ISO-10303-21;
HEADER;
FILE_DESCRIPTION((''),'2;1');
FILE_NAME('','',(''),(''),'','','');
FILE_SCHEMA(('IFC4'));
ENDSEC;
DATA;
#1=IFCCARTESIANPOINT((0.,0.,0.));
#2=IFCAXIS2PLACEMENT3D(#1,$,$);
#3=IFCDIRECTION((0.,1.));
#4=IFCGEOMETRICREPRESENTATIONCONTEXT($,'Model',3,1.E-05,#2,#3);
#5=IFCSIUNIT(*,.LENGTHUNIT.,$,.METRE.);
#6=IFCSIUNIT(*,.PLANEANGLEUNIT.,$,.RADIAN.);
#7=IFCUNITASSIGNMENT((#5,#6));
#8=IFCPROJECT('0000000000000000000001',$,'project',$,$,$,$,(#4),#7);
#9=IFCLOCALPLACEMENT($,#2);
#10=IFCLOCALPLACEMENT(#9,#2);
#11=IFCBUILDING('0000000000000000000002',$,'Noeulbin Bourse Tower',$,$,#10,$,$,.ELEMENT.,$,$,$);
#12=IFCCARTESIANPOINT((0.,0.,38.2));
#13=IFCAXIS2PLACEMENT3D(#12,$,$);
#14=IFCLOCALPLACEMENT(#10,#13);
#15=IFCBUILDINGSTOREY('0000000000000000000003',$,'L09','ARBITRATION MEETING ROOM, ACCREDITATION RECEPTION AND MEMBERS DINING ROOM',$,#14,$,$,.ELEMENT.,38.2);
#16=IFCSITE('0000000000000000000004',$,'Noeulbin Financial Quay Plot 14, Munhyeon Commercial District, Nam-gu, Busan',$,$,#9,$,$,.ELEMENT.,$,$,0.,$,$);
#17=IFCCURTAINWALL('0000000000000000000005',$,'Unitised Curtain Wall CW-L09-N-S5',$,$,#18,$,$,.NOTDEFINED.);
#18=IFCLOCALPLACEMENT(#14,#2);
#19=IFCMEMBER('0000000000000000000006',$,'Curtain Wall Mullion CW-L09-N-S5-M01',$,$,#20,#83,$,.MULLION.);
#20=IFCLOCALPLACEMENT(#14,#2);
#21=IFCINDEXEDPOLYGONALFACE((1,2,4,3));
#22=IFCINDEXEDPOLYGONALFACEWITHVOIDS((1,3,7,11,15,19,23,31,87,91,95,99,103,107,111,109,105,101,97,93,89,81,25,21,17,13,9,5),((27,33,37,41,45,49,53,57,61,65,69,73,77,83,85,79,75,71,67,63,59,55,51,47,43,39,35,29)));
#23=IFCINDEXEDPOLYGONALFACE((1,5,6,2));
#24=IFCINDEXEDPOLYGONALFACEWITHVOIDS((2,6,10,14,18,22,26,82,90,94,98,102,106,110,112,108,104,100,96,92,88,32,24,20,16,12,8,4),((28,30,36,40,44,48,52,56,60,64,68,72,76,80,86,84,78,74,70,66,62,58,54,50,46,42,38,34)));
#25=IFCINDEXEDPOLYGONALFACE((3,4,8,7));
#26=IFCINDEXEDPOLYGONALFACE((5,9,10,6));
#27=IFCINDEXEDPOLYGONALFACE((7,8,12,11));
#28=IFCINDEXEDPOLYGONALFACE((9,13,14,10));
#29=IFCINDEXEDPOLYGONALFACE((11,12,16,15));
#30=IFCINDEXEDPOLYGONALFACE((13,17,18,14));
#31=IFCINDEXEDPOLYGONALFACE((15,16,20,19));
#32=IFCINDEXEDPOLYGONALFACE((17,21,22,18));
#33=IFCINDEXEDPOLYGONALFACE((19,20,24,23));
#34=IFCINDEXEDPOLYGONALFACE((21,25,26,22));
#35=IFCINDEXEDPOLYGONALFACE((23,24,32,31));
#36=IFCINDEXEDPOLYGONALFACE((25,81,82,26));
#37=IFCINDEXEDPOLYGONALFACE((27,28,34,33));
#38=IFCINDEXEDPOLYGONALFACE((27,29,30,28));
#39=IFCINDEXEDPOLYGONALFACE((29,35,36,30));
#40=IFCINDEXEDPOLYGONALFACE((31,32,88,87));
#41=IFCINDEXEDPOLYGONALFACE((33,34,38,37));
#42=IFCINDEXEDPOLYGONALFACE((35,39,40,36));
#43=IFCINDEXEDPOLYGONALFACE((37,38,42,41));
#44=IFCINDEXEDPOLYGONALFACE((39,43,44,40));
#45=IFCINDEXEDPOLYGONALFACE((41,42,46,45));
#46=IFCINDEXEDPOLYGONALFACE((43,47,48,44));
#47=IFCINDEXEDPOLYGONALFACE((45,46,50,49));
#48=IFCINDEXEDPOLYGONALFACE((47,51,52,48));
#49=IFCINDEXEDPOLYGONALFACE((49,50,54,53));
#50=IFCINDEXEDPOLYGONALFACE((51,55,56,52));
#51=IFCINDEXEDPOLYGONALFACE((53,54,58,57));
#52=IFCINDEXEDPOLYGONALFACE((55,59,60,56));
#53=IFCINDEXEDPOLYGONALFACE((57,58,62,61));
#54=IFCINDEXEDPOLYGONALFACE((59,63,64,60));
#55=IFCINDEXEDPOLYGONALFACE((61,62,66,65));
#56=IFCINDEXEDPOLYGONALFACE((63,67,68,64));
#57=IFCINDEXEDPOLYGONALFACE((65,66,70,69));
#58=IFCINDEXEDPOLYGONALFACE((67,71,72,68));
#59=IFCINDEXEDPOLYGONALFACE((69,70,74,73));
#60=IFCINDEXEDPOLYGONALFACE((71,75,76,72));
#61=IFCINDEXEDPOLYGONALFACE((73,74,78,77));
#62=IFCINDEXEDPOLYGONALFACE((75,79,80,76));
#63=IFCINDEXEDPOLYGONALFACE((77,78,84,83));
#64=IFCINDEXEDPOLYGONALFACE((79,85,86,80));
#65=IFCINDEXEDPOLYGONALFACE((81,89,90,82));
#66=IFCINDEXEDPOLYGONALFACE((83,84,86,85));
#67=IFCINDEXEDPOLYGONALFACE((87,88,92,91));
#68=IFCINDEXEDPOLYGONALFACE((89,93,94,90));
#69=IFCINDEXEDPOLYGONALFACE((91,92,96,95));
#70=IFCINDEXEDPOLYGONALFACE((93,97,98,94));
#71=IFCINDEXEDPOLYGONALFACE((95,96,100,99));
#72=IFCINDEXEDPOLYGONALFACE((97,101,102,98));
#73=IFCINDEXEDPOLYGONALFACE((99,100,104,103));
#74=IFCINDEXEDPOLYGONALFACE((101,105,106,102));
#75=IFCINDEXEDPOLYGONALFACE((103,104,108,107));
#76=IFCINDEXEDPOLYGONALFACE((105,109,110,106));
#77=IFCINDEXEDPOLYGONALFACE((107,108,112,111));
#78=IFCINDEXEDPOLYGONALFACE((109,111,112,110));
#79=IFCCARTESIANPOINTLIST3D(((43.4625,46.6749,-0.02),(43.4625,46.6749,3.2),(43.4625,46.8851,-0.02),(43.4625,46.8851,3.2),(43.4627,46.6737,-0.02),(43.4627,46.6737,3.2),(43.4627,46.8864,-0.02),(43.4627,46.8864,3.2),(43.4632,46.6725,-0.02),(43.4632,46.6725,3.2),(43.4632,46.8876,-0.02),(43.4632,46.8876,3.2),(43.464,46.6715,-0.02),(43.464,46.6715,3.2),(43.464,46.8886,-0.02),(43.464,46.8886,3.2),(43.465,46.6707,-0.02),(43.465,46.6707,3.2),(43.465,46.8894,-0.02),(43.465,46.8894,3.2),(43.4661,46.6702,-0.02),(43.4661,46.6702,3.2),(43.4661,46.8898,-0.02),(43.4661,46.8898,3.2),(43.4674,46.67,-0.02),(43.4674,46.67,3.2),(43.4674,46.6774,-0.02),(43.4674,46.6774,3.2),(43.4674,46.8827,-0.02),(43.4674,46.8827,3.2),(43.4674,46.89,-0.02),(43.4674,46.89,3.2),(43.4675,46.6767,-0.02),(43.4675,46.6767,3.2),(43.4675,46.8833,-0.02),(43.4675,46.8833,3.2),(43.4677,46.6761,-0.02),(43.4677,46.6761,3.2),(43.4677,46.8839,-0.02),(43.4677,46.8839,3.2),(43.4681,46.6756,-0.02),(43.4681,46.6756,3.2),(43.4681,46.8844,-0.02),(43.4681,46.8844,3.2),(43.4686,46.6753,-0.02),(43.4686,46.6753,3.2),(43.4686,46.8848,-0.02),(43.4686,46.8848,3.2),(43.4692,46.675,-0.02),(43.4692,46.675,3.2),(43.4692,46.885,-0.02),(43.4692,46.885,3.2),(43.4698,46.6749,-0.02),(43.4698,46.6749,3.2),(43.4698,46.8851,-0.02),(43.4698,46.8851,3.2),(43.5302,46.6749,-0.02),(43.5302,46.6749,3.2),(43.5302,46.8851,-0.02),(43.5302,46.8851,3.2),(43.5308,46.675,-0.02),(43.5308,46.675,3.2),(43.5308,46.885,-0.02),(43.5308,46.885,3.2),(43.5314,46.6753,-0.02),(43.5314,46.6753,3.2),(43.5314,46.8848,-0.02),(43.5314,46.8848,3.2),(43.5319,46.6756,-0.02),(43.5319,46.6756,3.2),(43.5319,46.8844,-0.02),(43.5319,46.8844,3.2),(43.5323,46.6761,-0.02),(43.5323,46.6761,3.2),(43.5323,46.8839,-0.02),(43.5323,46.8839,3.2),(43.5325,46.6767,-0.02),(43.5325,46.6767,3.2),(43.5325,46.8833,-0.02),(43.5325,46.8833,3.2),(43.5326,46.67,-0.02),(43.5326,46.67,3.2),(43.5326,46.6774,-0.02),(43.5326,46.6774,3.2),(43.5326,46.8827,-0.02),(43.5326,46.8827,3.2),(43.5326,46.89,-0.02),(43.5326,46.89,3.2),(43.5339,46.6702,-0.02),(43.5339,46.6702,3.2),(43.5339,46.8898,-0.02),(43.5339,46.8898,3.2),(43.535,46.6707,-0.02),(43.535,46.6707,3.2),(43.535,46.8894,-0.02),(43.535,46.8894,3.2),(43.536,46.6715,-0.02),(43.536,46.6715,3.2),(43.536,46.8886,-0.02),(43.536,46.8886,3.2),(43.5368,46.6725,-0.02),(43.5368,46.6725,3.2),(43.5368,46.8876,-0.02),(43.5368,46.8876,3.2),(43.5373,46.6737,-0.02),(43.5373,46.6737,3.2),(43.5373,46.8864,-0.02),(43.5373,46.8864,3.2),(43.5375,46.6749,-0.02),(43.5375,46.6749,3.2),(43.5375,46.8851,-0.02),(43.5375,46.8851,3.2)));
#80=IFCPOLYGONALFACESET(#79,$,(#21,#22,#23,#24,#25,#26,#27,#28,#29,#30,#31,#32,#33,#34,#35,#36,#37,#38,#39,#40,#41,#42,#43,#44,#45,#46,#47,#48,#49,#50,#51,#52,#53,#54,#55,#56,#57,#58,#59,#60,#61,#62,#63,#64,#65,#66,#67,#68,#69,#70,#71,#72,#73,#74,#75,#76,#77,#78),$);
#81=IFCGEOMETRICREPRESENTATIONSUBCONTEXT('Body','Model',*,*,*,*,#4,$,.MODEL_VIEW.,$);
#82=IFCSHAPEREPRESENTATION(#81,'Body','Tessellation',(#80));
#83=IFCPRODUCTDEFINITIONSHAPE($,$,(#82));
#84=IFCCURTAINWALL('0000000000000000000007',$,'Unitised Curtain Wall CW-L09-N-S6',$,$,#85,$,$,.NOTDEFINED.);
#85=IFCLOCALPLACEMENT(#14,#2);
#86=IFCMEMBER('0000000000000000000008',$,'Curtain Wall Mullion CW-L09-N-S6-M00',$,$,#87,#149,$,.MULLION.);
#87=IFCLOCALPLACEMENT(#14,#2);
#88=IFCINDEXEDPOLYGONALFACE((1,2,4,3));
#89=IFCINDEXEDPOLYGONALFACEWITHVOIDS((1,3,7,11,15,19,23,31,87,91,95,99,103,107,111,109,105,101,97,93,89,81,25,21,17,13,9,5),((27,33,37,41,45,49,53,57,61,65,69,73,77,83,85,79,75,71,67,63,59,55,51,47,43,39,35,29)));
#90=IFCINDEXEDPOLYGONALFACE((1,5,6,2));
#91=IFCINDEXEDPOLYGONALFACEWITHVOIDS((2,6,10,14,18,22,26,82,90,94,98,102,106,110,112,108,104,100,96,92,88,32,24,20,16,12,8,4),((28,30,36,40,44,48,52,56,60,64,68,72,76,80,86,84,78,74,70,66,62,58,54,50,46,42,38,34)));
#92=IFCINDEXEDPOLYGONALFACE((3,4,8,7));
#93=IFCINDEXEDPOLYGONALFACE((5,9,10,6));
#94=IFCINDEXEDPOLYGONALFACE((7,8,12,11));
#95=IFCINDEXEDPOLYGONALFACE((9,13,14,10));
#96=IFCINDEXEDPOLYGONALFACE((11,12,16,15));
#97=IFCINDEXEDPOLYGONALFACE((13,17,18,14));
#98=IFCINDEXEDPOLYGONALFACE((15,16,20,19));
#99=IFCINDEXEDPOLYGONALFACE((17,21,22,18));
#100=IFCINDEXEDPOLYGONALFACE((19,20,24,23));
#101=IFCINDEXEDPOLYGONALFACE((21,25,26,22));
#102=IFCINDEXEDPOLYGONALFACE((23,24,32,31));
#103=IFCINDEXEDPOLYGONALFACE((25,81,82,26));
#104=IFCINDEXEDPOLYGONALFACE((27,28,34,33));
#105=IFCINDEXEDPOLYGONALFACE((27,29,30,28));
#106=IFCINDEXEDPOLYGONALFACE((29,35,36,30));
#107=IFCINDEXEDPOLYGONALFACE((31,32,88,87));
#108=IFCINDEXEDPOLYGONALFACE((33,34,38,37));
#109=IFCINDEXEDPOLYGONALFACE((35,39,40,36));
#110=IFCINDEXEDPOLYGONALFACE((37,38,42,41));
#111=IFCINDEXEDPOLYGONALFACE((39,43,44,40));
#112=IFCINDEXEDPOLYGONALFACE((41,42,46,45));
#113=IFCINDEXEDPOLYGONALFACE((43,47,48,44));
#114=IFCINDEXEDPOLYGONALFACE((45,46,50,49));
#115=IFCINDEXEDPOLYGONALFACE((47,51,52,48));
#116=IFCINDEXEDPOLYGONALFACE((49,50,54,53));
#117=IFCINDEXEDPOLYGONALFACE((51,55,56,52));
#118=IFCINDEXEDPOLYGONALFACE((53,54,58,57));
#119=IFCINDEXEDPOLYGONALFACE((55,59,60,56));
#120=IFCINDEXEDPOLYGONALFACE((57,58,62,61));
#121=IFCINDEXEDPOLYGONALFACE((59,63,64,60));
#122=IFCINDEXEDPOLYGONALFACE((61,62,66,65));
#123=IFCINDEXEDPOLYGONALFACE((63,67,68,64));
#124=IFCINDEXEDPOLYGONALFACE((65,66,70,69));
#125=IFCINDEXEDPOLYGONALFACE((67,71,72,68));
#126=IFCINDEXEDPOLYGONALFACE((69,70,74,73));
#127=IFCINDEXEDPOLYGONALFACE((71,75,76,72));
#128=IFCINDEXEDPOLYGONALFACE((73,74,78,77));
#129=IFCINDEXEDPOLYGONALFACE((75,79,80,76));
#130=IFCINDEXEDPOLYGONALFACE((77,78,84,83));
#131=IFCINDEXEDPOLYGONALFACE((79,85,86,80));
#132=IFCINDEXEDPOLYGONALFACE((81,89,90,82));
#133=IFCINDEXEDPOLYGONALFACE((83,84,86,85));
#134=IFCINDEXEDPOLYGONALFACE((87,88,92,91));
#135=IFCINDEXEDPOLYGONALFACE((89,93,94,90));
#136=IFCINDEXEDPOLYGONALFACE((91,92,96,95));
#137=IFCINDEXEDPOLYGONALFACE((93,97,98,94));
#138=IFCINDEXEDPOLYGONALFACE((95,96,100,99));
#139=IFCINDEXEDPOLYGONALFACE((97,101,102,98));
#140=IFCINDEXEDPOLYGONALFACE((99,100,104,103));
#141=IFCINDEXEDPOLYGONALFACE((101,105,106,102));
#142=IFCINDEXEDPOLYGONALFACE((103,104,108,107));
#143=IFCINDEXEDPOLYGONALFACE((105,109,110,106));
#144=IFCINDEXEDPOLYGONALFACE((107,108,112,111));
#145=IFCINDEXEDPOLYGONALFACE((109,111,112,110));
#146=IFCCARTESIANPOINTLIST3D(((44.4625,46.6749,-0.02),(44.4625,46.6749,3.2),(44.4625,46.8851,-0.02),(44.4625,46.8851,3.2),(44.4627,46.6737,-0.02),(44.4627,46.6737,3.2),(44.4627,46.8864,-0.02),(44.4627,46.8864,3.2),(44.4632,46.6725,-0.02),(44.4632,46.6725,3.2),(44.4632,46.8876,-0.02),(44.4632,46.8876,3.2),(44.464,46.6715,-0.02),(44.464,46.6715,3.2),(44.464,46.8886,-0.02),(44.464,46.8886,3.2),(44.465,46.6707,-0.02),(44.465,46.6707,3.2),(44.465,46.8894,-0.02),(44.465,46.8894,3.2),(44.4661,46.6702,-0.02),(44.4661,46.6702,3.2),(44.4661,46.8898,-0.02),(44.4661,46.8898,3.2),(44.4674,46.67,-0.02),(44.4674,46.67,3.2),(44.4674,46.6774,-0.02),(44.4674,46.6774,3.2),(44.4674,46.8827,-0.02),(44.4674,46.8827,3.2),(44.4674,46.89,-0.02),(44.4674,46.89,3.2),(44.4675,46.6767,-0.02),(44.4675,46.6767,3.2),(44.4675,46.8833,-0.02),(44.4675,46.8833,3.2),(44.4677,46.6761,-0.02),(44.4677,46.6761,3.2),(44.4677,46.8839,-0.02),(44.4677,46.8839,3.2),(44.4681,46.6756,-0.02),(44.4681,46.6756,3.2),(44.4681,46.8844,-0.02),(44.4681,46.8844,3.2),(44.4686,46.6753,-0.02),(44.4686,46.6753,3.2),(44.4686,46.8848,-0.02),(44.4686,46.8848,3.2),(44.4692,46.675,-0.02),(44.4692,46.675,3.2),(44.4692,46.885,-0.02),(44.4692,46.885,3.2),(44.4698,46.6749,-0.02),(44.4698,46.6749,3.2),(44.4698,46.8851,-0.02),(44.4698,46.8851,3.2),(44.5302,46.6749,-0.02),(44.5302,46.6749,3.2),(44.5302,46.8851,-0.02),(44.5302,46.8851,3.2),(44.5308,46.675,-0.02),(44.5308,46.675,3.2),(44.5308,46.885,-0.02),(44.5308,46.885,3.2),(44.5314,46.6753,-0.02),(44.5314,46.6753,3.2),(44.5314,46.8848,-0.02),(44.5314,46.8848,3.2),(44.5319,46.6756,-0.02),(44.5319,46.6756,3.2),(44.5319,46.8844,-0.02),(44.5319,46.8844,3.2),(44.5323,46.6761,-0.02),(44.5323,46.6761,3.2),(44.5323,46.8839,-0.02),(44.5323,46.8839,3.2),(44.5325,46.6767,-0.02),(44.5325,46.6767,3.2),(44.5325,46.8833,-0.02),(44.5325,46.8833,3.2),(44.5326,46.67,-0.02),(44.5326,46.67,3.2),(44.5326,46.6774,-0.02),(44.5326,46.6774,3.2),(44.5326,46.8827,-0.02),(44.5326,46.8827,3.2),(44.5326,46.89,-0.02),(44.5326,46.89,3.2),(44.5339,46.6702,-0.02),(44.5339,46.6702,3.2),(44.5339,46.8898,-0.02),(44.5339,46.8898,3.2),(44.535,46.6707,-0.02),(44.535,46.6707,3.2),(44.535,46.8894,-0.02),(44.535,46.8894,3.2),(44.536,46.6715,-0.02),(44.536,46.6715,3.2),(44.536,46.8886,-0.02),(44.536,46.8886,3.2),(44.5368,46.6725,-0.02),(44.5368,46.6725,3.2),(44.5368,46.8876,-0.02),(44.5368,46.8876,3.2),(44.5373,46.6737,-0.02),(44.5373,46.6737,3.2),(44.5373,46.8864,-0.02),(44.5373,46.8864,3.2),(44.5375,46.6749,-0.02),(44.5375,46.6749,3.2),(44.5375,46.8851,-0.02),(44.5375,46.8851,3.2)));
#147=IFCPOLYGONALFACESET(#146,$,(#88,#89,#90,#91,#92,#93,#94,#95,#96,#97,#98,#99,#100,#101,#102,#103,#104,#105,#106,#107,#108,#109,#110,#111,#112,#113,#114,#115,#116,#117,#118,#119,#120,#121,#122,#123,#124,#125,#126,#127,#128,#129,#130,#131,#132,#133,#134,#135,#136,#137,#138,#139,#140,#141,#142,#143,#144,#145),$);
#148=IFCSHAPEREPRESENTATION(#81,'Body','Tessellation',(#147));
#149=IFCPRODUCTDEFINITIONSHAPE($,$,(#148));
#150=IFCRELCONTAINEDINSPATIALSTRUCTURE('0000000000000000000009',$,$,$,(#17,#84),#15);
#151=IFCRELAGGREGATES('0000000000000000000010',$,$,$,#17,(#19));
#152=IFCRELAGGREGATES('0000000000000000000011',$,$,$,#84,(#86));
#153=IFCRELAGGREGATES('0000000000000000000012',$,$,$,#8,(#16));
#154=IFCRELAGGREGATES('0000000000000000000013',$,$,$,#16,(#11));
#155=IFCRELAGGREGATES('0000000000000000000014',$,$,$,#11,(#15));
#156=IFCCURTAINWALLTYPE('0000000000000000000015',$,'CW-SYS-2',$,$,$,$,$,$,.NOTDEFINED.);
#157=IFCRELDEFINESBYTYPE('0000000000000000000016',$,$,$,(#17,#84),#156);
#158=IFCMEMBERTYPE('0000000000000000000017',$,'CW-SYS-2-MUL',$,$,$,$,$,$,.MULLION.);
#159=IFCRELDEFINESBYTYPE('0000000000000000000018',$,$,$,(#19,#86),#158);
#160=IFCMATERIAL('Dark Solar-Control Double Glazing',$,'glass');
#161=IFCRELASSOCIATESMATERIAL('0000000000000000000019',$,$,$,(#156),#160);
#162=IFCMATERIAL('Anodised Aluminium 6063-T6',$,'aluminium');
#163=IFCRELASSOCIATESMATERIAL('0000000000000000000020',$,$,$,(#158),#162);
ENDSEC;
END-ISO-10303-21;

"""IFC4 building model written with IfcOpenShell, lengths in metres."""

from ifc_helpers import new_model, si_unit, direction, frame, origin, origin_2d, place, context, subcontext, project, spatial, hollow_rectangle, extrude, material, material_profile, profile_set, type_object, element, aggregate, save


model = new_model("IFC4")

# Units and contexts
model_context = context("Model", 3, precision=1e-05, world=origin(), true_north=direction((0.0, 1.0)))
body_context = subcontext(model_context, "Body", "Model", "MODEL_VIEW")
ifc_project = project(units=[si_unit("LENGTHUNIT", "METRE"), si_unit("PLANEANGLEUNIT", "RADIAN")], contexts=[model_context])

# Site, building, storey
site_placement = place(None, origin())
site = spatial("IfcSite", under=ifc_project, at=site_placement, Name="Noeulbin Financial Quay Plot 14, Munhyeon Commercial District, Nam-gu, Busan", CompositionType="ELEMENT", RefElevation=0.0)
building_placement = place(site_placement, origin())
building = spatial("IfcBuilding", under=site, at=building_placement, Name="Noeulbin Bourse Tower", CompositionType="ELEMENT")
storey_placement = place(building_placement, frame((0.0, 0.0, 38.2)))
storey = spatial("IfcBuildingStorey", under=building, at=storey_placement, Name="L09", Description="ARBITRATION MEETING ROOM, ACCREDITATION RECEPTION AND MEMBERS DINING ROOM", CompositionType="ELEMENT", Elevation=38.2)

# Curtain wall, member
ifc_material_1 = material(Name="Dark Solar-Control Double Glazing", Category="glass")
curtain_wall_type = type_object("IfcCurtainWallType", Name="CW-SYS-2", PredefinedType="NOTDEFINED", material=ifc_material_1)
curtain_wall_1_placement = place(storey_placement, origin())
curtain_wall_1 = element("IfcCurtainWall", 1, at=curtain_wall_1_placement, inside=storey, type_object=curtain_wall_type, Name="Unitised Curtain Wall CW-L09-N-S5", PredefinedType="NOTDEFINED")
ifc_material_2 = material(Name="Anodised Aluminium 6063-T6", Category="aluminium")
ifc_material_profile_1 = material_profile(ifc_material_2, hollow_rectangle(XDim=0.075, YDim=0.22, WallThickness=0.0049, InnerFilletRadius=0.0024, OuterFilletRadius=0.0049, at=origin_2d()), Name="ALU-MULL-75x220x5", Category="LoadBearing")
ifc_profile_set_1 = profile_set([ifc_material_profile_1], Name="Anodised Aluminium 6063-T6")
member_type_1 = type_object("IfcMemberType", Name="CW-SYS-2-MUL", PredefinedType="MULLION", material=ifc_profile_set_1)
member_1_placement = place(storey_placement, frame((43.5, 46.78, -0.02), z_axis=(0.0, 0.0, 1.0), x_axis=(1.0, 0.0, 0.0)))
member_1 = element("IfcMember", 2, at=member_1_placement, type_object=member_type_1, Name="Curtain Wall Mullion CW-L09-N-S5-M01", PredefinedType="MULLION", context=body_context, shape_type="SweptSolid", body=[
    extrude(hollow_rectangle(XDim=0.075, YDim=0.22, WallThickness=0.0049, InnerFilletRadius=0.0024, OuterFilletRadius=0.0049, at=origin_2d()), origin(), (0.0, 0.0, 1.0), 3.22),
])

# Curtain wall, member
curtain_wall_2_placement = place(storey_placement, origin())
curtain_wall_2 = element("IfcCurtainWall", 3, at=curtain_wall_2_placement, inside=storey, type_object=curtain_wall_type, Name="Unitised Curtain Wall CW-L09-N-S6", PredefinedType="NOTDEFINED")
member_2_placement = place(storey_placement, frame((44.5, 46.78, -0.02), z_axis=(0.0, 0.0, 1.0), x_axis=(1.0, 0.0, 0.0)))
member_2 = element("IfcMember", 4, at=member_2_placement, type_object=member_type_1, Name="Curtain Wall Mullion CW-L09-N-S6-M00", PredefinedType="MULLION", context=body_context, shape_type="SweptSolid", body=[
    extrude(hollow_rectangle(XDim=0.075, YDim=0.22, WallThickness=0.0049, InnerFilletRadius=0.0024, OuterFilletRadius=0.0049, at=origin_2d()), origin(), (0.0, 0.0, 1.0), 3.22),
])

aggregate(curtain_wall_1, [member_1])
aggregate(curtain_wall_2, [member_2])

save(model, "model.ifc")
